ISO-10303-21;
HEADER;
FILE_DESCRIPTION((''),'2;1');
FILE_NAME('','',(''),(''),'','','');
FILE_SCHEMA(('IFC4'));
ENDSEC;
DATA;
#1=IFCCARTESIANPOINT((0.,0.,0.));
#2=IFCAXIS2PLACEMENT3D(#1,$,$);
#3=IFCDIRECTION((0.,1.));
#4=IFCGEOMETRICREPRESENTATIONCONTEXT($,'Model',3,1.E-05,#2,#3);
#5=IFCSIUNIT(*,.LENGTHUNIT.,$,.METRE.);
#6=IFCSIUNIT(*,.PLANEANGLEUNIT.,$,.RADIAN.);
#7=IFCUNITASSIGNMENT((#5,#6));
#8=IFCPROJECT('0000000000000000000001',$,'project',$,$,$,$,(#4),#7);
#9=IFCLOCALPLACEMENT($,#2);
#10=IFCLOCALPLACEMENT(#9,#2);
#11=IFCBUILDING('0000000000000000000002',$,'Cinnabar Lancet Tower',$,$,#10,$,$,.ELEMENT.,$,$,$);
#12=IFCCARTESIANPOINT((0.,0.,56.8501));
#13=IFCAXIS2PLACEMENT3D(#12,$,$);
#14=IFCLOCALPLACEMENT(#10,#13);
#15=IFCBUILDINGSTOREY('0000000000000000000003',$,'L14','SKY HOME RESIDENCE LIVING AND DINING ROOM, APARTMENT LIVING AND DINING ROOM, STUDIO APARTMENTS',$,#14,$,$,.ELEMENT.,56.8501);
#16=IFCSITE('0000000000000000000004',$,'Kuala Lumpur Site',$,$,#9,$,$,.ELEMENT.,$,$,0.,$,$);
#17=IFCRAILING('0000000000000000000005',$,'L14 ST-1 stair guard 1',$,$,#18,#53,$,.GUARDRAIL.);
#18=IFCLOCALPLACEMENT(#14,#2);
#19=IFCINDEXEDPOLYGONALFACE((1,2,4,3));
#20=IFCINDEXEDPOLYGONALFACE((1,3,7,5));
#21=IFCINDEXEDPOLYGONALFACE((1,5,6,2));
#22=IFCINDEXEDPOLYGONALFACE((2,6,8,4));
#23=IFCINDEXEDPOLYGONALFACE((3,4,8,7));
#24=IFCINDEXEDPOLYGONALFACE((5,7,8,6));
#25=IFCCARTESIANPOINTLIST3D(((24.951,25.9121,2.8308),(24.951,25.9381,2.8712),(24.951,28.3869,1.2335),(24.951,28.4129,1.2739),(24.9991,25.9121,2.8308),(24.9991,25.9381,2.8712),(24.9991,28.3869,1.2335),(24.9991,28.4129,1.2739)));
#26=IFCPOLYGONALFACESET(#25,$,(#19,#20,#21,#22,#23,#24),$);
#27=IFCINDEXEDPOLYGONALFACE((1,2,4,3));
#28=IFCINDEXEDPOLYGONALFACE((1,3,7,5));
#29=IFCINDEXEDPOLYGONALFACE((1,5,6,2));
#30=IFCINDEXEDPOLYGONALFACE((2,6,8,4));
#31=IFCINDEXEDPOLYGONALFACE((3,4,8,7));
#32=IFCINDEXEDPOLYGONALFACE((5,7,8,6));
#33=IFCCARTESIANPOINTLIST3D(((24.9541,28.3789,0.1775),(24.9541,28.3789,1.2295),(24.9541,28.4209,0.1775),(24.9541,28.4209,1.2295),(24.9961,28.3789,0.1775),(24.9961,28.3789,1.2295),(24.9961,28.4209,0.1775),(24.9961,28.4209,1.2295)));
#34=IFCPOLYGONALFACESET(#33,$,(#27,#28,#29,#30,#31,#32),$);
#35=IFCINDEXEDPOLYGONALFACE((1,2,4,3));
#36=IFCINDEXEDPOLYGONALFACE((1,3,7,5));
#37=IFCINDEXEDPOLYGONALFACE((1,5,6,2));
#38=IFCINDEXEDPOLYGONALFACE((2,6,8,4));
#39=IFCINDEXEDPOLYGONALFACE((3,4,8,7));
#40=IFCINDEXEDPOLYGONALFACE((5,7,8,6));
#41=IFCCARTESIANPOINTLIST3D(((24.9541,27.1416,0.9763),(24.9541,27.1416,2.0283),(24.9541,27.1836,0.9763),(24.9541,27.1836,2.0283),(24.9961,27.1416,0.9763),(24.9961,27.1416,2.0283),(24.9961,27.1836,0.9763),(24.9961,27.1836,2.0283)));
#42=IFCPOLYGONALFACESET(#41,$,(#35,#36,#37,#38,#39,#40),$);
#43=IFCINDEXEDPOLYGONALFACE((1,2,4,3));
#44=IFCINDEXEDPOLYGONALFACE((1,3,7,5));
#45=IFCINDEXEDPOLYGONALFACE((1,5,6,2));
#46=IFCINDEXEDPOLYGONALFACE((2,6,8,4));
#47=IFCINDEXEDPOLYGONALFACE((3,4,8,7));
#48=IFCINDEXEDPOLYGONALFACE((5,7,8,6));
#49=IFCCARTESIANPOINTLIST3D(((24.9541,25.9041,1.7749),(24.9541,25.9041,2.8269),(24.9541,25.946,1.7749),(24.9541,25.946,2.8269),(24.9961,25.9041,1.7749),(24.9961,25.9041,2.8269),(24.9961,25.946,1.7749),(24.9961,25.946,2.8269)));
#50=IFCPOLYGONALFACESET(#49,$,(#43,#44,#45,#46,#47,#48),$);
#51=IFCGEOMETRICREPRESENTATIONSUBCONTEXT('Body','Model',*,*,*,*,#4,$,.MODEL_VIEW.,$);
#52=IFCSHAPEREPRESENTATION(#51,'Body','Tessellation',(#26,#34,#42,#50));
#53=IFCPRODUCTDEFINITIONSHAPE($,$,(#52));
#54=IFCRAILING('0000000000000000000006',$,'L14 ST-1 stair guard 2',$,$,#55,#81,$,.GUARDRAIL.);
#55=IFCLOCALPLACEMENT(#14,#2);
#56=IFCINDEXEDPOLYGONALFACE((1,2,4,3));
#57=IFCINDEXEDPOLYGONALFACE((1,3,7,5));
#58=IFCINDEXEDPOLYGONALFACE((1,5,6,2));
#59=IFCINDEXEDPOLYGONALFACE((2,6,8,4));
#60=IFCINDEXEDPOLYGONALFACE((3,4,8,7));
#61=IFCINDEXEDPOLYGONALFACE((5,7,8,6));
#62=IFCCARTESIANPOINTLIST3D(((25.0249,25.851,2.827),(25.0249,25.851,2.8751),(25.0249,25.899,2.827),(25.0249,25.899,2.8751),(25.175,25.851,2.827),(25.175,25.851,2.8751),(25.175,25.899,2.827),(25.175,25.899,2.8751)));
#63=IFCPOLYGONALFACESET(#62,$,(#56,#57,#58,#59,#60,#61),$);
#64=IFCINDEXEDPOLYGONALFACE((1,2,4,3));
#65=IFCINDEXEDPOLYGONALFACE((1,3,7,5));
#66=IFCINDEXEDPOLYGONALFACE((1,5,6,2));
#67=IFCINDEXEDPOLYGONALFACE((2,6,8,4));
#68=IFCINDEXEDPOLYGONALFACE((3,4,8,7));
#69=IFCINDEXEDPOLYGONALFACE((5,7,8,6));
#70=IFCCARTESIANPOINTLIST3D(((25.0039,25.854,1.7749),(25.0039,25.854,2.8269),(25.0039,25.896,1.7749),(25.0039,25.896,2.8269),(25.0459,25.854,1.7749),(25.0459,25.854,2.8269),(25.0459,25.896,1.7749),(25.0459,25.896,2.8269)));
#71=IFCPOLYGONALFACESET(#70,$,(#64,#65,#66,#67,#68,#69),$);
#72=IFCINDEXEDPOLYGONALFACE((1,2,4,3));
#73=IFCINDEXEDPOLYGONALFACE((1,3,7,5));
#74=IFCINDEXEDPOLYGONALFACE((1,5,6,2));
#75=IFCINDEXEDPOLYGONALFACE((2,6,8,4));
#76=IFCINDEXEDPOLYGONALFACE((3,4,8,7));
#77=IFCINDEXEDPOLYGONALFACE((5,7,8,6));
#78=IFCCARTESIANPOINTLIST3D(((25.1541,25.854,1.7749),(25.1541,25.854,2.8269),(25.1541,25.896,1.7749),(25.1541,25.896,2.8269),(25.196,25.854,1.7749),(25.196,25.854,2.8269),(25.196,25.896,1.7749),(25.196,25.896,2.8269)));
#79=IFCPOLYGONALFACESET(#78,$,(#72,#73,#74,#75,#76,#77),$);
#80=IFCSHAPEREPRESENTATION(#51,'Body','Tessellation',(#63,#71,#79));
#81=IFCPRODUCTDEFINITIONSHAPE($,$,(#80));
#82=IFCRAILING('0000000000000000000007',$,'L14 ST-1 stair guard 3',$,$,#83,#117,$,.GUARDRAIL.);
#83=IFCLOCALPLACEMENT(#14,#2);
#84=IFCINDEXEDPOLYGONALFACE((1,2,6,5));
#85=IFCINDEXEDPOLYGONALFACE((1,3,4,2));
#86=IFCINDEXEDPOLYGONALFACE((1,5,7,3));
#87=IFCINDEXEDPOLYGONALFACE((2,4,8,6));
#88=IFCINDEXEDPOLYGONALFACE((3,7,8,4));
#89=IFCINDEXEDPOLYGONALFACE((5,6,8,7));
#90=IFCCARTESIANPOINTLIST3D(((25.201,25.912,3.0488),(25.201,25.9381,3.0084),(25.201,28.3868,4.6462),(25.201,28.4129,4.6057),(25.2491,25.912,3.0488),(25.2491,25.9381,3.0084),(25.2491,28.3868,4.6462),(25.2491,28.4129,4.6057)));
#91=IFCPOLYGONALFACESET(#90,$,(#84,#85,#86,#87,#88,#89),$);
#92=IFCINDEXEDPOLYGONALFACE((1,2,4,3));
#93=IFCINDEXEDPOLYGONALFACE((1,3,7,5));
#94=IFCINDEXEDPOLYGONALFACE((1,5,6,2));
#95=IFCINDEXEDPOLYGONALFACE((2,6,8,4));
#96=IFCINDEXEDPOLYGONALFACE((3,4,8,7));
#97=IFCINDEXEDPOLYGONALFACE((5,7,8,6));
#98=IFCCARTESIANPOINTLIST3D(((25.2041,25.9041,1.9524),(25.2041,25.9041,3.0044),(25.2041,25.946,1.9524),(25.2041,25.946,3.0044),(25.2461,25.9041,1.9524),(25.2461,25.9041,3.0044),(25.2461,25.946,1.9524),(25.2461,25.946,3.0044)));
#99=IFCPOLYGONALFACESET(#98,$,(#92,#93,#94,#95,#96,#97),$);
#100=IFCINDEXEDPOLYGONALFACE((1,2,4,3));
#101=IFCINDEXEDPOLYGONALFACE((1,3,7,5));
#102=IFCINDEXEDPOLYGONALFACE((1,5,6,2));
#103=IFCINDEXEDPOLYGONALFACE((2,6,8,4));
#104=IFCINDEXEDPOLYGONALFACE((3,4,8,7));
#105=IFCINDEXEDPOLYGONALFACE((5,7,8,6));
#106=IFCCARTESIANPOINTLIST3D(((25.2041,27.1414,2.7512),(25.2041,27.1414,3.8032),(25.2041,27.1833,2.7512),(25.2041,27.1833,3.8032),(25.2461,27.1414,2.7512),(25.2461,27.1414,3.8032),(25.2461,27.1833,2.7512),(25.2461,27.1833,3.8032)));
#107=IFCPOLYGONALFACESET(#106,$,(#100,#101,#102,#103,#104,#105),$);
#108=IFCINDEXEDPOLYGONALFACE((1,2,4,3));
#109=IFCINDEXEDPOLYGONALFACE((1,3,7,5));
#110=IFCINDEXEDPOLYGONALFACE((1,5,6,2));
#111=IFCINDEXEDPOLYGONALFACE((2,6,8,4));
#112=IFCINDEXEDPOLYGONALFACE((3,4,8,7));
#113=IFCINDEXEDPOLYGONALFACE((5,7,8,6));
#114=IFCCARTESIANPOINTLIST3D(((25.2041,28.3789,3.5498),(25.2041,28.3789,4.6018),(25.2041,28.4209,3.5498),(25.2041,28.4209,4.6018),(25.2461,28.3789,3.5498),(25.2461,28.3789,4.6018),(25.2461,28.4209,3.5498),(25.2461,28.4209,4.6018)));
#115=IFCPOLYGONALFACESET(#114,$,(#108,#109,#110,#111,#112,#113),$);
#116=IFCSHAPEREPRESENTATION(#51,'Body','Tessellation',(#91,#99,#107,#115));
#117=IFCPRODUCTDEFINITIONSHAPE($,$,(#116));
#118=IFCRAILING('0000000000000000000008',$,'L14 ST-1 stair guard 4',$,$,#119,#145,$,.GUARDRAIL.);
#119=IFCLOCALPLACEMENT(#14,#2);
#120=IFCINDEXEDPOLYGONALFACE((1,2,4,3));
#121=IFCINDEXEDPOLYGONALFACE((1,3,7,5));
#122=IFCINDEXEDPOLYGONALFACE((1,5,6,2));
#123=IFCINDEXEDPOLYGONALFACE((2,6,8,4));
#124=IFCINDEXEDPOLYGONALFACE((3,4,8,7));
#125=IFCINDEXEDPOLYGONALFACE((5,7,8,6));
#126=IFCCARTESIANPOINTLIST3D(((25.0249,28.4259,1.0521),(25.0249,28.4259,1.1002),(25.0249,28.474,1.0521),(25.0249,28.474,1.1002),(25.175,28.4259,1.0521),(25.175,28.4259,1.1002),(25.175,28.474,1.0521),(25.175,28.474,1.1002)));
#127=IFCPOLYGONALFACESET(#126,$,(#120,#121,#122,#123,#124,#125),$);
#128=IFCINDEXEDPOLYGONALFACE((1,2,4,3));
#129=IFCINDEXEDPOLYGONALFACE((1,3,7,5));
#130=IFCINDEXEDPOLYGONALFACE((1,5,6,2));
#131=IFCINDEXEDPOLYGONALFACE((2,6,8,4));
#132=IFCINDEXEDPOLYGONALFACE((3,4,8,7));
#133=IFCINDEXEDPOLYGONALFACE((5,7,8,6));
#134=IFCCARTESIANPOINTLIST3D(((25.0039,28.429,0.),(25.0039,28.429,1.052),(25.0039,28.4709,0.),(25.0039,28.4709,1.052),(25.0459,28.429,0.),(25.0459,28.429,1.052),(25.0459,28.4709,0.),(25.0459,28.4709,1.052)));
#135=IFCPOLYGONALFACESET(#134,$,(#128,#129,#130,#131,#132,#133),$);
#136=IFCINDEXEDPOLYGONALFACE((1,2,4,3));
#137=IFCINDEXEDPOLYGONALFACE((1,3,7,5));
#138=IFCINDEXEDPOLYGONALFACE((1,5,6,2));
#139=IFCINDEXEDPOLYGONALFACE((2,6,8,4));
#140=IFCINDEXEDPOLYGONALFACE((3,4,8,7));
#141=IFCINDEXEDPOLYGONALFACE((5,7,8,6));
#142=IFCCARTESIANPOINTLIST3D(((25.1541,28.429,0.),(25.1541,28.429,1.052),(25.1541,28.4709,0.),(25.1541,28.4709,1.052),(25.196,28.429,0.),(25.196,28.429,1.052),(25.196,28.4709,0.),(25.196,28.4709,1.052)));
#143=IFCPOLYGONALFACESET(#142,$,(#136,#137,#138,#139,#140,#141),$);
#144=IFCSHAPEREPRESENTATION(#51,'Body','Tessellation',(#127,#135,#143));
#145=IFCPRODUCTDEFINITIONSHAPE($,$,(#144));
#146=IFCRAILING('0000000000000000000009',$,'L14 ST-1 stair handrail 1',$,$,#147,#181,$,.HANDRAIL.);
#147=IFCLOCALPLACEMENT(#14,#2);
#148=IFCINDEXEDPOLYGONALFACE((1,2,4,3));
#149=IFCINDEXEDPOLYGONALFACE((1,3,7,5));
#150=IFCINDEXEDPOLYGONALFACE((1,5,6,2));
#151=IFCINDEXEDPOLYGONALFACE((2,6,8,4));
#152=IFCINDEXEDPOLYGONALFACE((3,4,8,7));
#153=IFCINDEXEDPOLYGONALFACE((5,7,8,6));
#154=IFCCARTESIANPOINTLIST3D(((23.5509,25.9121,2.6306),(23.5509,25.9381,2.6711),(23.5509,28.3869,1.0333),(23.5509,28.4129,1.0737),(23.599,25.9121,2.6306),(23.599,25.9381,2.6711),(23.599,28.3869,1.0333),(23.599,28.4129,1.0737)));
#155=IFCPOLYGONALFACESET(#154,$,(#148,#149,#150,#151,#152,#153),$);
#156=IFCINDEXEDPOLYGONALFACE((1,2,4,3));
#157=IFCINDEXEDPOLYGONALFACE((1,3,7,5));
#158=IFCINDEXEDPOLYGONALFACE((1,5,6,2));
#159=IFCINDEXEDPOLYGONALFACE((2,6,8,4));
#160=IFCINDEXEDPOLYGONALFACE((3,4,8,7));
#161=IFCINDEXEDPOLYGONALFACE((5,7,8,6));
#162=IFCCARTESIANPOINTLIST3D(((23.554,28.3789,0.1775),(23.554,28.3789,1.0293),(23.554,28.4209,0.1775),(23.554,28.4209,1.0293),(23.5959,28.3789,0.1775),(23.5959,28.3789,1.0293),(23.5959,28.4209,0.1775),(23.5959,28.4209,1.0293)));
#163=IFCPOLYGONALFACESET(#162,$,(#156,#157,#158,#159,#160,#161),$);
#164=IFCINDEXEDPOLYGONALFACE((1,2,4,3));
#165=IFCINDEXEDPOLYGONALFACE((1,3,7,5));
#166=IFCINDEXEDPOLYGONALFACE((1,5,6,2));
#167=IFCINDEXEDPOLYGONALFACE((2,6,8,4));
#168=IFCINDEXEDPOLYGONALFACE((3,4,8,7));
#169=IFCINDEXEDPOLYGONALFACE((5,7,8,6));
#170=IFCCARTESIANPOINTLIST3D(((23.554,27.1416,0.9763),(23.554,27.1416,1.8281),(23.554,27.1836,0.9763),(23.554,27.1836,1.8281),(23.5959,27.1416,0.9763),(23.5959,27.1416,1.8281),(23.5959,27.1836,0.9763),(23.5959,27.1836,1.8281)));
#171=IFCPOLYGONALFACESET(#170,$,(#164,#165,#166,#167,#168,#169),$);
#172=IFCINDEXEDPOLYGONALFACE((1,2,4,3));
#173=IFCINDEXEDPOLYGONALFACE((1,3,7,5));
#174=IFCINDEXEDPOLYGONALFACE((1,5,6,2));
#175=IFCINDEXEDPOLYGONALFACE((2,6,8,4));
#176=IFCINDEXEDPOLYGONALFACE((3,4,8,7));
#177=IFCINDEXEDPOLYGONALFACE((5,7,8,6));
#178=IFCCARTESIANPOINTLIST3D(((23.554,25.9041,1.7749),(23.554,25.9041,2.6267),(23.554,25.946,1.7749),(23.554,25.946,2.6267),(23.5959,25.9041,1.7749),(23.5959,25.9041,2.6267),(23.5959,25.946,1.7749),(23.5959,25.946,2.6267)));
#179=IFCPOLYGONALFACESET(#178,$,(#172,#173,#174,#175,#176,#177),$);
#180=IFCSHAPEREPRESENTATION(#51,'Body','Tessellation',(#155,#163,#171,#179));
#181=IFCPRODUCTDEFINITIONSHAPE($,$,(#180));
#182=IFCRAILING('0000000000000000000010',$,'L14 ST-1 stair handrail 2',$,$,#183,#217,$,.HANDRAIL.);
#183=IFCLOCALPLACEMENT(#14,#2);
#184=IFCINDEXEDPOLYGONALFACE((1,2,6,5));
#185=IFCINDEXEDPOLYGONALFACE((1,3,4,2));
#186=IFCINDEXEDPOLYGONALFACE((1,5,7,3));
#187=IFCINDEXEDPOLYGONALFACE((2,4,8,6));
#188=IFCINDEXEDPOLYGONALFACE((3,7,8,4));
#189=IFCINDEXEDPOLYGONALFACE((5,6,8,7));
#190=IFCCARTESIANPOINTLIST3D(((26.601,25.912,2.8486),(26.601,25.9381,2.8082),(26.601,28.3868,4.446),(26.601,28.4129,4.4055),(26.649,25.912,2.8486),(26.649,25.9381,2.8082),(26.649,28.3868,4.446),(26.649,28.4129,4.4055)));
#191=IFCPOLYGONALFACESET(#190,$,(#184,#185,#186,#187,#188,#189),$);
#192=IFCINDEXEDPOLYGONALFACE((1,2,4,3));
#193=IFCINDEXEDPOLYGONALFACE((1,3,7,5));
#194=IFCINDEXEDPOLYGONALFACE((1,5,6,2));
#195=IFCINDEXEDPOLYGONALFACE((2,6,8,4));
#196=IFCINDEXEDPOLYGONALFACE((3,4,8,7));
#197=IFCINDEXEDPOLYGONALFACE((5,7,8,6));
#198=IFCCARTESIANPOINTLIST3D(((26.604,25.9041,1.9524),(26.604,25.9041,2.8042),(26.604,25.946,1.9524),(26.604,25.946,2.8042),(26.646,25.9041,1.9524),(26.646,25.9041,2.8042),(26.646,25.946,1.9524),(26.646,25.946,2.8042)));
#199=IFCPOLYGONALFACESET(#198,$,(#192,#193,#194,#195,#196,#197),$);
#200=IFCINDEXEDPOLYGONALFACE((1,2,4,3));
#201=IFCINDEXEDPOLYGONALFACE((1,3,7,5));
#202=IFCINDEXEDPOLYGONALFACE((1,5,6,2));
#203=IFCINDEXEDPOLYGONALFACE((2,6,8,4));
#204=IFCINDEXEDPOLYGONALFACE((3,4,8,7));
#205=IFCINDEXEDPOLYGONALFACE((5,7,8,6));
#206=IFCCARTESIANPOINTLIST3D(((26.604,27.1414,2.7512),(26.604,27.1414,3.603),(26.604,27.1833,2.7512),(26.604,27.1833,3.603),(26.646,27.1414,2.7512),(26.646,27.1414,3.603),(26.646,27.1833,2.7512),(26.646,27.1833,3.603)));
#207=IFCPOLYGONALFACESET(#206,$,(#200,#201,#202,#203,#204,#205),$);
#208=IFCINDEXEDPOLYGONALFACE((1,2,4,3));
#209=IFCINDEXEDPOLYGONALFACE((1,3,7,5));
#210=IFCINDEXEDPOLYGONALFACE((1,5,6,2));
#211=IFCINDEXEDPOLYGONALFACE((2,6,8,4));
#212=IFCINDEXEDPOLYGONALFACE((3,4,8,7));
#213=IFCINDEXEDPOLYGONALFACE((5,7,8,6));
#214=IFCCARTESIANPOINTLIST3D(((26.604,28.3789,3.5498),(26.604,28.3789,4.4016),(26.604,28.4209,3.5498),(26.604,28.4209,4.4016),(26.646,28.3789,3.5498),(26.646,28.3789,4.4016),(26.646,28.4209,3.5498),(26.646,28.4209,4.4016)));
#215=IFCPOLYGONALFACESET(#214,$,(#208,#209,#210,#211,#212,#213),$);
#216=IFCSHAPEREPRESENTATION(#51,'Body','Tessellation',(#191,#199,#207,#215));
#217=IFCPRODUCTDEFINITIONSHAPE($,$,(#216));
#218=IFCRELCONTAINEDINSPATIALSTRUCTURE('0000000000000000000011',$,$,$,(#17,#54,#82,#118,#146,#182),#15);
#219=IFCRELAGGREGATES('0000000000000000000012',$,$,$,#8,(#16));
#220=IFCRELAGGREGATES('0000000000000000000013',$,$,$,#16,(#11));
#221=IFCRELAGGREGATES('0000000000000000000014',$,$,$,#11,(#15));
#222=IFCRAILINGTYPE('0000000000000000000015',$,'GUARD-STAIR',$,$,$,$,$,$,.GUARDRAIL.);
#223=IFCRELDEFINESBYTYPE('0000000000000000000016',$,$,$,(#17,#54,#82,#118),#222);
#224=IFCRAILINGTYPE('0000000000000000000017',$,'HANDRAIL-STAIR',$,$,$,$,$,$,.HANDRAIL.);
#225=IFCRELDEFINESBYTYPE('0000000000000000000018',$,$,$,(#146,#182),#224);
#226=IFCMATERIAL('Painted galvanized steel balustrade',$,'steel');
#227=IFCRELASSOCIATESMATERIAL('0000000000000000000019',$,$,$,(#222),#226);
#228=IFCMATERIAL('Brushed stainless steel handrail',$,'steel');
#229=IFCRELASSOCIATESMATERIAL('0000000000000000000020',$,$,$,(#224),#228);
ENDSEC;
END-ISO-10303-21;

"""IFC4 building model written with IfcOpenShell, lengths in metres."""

from ifc_helpers import new_model, si_unit, direction, frame, origin, origin_2d, place, context, subcontext, project, spatial, rectangle, extrude, material, type_object, element, save


model = new_model("IFC4")

# Units and contexts
model_context = context("Model", 3, precision=1e-05, world=origin(), true_north=direction((0.0, 1.0)))
body_context = subcontext(model_context, "Body", "Model", "MODEL_VIEW")
ifc_project = project(units=[si_unit("LENGTHUNIT", "METRE"), si_unit("PLANEANGLEUNIT", "RADIAN")], contexts=[model_context])

# Site, building, storey
site_placement = place(None, origin())
site = spatial("IfcSite", under=ifc_project, at=site_placement, Name="Kuala Lumpur Site", CompositionType="ELEMENT", RefElevation=0.0)
building_placement = place(site_placement, origin())
building = spatial("IfcBuilding", under=site, at=building_placement, Name="Cinnabar Lancet Tower", CompositionType="ELEMENT")
storey_placement = place(building_placement, frame((0.0, 0.0, 56.8501)))
storey = spatial("IfcBuildingStorey", under=building, at=storey_placement, Name="L14", Description="SKY HOME RESIDENCE LIVING AND DINING ROOM, APARTMENT LIVING AND DINING ROOM, STUDIO APARTMENTS", CompositionType="ELEMENT", Elevation=56.8501)

# Railings
ifc_material_1 = material(Name="Painted galvanized steel balustrade", Category="steel")
railing_type_1 = type_object("IfcRailingType", Name="GUARD-STAIR", PredefinedType="GUARDRAIL", material=ifc_material_1)
railing_1_placement = place(storey_placement, frame((24.9751, 28.3999, 0.1775)))
element("IfcRailing", 1, at=railing_1_placement, inside=storey, type_object=railing_type_1, Name="L14 ST-1 stair guard 1", PredefinedType="GUARDRAIL", context=body_context, shape_type="SweptSolid", body=[
    extrude(rectangle(XDim=0.0481, YDim=0.0481, at=origin_2d()), frame((0.0, 0.0, 1.0762), z_axis=(0.0, -0.840183, 0.542302), x_axis=(1.0, 0.0, 0.0)), (0.0, 0.0, 1.0), 2.9456),
    extrude(rectangle(XDim=0.042, YDim=0.042, at=origin_2d()), origin(), (0.0, 0.0, 1.0), 1.052),
    extrude(rectangle(XDim=0.042, YDim=0.042, at=origin_2d()), frame((0.0, -1.2373, 0.7988)), (0.0, 0.0, 1.0), 1.052),
    extrude(rectangle(XDim=0.042, YDim=0.042, at=origin_2d()), frame((0.0, -2.4749, 1.5974)), (0.0, 0.0, 1.0), 1.052),
])
railing_2_placement = place(storey_placement, frame((25.0249, 25.875, 1.7749)))
element("IfcRailing", 2, at=railing_2_placement, inside=storey, type_object=railing_type_1, Name="L14 ST-1 stair guard 2", PredefinedType="GUARDRAIL", context=body_context, shape_type="SweptSolid", body=[
    extrude(rectangle(XDim=0.0481, YDim=0.0481, at=origin_2d()), frame((0.0, 0.0, 1.0762), z_axis=(1.0, 0.0, 0.0), x_axis=(0.0, 1.0, 0.0)), (0.0, 0.0, 1.0), 0.1501),
    extrude(rectangle(XDim=0.042, YDim=0.042, at=origin_2d()), origin(), (0.0, 0.0, 1.0), 1.052),
    extrude(rectangle(XDim=0.042, YDim=0.042, at=origin_2d()), frame((0.1501, 0.0, 0.0)), (0.0, 0.0, 1.0), 1.052),
])
railing_3_placement = place(storey_placement, frame((25.2251, 25.925, 1.9524)))
element("IfcRailing", 3, at=railing_3_placement, inside=storey, type_object=railing_type_1, Name="L14 ST-1 stair guard 3", PredefinedType="GUARDRAIL", context=body_context, shape_type="SweptSolid", body=[
    extrude(rectangle(XDim=0.0481, YDim=0.0481, at=origin_2d()), frame((0.0, 0.0, 1.0762), z_axis=(0.0, 0.840183, 0.542302), x_axis=(-1.0, 0.0, 0.0)), (0.0, 0.0, 1.0), 2.9456),
    extrude(rectangle(XDim=0.042, YDim=0.042, at=origin_2d()), origin(), (0.0, 0.0, 1.0), 1.052),
    extrude(rectangle(XDim=0.042, YDim=0.042, at=origin_2d()), frame((0.0, 1.2373, 0.7988)), (0.0, 0.0, 1.0), 1.052),
    extrude(rectangle(XDim=0.042, YDim=0.042, at=origin_2d()), frame((0.0, 2.4749, 1.5974)), (0.0, 0.0, 1.0), 1.052),
])
railing_4_placement = place(storey_placement, frame((25.0249, 28.45, 0.0)))
element("IfcRailing", 4, at=railing_4_placement, inside=storey, type_object=railing_type_1, Name="L14 ST-1 stair guard 4", PredefinedType="GUARDRAIL", context=body_context, shape_type="SweptSolid", body=[
    extrude(rectangle(XDim=0.0481, YDim=0.0481, at=origin_2d()), frame((0.0, 0.0, 1.0762), z_axis=(1.0, 0.0, 0.0), x_axis=(0.0, 1.0, 0.0)), (0.0, 0.0, 1.0), 0.1501),
    extrude(rectangle(XDim=0.042, YDim=0.042, at=origin_2d()), origin(), (0.0, 0.0, 1.0), 1.052),
    extrude(rectangle(XDim=0.042, YDim=0.042, at=origin_2d()), frame((0.1501, 0.0, 0.0)), (0.0, 0.0, 1.0), 1.052),
])
ifc_material_2 = material(Name="Brushed stainless steel handrail", Category="steel")
railing_type_2 = type_object("IfcRailingType", Name="HANDRAIL-STAIR", PredefinedType="HANDRAIL", material=ifc_material_2)
railing_5_placement = place(storey_placement, frame((23.575, 28.3999, 0.1775)))
element("IfcRailing", 5, at=railing_5_placement, inside=storey, type_object=railing_type_2, Name="L14 ST-1 stair handrail 1", PredefinedType="HANDRAIL", context=body_context, shape_type="SweptSolid", body=[
    extrude(rectangle(XDim=0.0481, YDim=0.0481, at=origin_2d()), frame((0.0, 0.0, 0.876), z_axis=(0.0, -0.840183, 0.542302), x_axis=(1.0, 0.0, 0.0)), (0.0, 0.0, 1.0), 2.9456),
    extrude(rectangle(XDim=0.042, YDim=0.042, at=origin_2d()), origin(), (0.0, 0.0, 1.0), 0.8518),
    extrude(rectangle(XDim=0.042, YDim=0.042, at=origin_2d()), frame((0.0, -1.2373, 0.7988)), (0.0, 0.0, 1.0), 0.8518),
    extrude(rectangle(XDim=0.042, YDim=0.042, at=origin_2d()), frame((0.0, -2.4749, 1.5974)), (0.0, 0.0, 1.0), 0.8518),
])
railing_6_placement = place(storey_placement, frame((26.625, 25.925, 1.9524)))
element("IfcRailing", 6, at=railing_6_placement, inside=storey, type_object=railing_type_2, Name="L14 ST-1 stair handrail 2", PredefinedType="HANDRAIL", context=body_context, shape_type="SweptSolid", body=[
    extrude(rectangle(XDim=0.0481, YDim=0.0481, at=origin_2d()), frame((0.0, 0.0, 0.876), z_axis=(0.0, 0.840183, 0.542302), x_axis=(-1.0, 0.0, 0.0)), (0.0, 0.0, 1.0), 2.9456),
    extrude(rectangle(XDim=0.042, YDim=0.042, at=origin_2d()), origin(), (0.0, 0.0, 1.0), 0.8518),
    extrude(rectangle(XDim=0.042, YDim=0.042, at=origin_2d()), frame((0.0, 1.2373, 0.7988)), (0.0, 0.0, 1.0), 0.8518),
    extrude(rectangle(XDim=0.042, YDim=0.042, at=origin_2d()), frame((0.0, 2.4749, 1.5974)), (0.0, 0.0, 1.0), 0.8518),
])

save(model, "model.ifc")
